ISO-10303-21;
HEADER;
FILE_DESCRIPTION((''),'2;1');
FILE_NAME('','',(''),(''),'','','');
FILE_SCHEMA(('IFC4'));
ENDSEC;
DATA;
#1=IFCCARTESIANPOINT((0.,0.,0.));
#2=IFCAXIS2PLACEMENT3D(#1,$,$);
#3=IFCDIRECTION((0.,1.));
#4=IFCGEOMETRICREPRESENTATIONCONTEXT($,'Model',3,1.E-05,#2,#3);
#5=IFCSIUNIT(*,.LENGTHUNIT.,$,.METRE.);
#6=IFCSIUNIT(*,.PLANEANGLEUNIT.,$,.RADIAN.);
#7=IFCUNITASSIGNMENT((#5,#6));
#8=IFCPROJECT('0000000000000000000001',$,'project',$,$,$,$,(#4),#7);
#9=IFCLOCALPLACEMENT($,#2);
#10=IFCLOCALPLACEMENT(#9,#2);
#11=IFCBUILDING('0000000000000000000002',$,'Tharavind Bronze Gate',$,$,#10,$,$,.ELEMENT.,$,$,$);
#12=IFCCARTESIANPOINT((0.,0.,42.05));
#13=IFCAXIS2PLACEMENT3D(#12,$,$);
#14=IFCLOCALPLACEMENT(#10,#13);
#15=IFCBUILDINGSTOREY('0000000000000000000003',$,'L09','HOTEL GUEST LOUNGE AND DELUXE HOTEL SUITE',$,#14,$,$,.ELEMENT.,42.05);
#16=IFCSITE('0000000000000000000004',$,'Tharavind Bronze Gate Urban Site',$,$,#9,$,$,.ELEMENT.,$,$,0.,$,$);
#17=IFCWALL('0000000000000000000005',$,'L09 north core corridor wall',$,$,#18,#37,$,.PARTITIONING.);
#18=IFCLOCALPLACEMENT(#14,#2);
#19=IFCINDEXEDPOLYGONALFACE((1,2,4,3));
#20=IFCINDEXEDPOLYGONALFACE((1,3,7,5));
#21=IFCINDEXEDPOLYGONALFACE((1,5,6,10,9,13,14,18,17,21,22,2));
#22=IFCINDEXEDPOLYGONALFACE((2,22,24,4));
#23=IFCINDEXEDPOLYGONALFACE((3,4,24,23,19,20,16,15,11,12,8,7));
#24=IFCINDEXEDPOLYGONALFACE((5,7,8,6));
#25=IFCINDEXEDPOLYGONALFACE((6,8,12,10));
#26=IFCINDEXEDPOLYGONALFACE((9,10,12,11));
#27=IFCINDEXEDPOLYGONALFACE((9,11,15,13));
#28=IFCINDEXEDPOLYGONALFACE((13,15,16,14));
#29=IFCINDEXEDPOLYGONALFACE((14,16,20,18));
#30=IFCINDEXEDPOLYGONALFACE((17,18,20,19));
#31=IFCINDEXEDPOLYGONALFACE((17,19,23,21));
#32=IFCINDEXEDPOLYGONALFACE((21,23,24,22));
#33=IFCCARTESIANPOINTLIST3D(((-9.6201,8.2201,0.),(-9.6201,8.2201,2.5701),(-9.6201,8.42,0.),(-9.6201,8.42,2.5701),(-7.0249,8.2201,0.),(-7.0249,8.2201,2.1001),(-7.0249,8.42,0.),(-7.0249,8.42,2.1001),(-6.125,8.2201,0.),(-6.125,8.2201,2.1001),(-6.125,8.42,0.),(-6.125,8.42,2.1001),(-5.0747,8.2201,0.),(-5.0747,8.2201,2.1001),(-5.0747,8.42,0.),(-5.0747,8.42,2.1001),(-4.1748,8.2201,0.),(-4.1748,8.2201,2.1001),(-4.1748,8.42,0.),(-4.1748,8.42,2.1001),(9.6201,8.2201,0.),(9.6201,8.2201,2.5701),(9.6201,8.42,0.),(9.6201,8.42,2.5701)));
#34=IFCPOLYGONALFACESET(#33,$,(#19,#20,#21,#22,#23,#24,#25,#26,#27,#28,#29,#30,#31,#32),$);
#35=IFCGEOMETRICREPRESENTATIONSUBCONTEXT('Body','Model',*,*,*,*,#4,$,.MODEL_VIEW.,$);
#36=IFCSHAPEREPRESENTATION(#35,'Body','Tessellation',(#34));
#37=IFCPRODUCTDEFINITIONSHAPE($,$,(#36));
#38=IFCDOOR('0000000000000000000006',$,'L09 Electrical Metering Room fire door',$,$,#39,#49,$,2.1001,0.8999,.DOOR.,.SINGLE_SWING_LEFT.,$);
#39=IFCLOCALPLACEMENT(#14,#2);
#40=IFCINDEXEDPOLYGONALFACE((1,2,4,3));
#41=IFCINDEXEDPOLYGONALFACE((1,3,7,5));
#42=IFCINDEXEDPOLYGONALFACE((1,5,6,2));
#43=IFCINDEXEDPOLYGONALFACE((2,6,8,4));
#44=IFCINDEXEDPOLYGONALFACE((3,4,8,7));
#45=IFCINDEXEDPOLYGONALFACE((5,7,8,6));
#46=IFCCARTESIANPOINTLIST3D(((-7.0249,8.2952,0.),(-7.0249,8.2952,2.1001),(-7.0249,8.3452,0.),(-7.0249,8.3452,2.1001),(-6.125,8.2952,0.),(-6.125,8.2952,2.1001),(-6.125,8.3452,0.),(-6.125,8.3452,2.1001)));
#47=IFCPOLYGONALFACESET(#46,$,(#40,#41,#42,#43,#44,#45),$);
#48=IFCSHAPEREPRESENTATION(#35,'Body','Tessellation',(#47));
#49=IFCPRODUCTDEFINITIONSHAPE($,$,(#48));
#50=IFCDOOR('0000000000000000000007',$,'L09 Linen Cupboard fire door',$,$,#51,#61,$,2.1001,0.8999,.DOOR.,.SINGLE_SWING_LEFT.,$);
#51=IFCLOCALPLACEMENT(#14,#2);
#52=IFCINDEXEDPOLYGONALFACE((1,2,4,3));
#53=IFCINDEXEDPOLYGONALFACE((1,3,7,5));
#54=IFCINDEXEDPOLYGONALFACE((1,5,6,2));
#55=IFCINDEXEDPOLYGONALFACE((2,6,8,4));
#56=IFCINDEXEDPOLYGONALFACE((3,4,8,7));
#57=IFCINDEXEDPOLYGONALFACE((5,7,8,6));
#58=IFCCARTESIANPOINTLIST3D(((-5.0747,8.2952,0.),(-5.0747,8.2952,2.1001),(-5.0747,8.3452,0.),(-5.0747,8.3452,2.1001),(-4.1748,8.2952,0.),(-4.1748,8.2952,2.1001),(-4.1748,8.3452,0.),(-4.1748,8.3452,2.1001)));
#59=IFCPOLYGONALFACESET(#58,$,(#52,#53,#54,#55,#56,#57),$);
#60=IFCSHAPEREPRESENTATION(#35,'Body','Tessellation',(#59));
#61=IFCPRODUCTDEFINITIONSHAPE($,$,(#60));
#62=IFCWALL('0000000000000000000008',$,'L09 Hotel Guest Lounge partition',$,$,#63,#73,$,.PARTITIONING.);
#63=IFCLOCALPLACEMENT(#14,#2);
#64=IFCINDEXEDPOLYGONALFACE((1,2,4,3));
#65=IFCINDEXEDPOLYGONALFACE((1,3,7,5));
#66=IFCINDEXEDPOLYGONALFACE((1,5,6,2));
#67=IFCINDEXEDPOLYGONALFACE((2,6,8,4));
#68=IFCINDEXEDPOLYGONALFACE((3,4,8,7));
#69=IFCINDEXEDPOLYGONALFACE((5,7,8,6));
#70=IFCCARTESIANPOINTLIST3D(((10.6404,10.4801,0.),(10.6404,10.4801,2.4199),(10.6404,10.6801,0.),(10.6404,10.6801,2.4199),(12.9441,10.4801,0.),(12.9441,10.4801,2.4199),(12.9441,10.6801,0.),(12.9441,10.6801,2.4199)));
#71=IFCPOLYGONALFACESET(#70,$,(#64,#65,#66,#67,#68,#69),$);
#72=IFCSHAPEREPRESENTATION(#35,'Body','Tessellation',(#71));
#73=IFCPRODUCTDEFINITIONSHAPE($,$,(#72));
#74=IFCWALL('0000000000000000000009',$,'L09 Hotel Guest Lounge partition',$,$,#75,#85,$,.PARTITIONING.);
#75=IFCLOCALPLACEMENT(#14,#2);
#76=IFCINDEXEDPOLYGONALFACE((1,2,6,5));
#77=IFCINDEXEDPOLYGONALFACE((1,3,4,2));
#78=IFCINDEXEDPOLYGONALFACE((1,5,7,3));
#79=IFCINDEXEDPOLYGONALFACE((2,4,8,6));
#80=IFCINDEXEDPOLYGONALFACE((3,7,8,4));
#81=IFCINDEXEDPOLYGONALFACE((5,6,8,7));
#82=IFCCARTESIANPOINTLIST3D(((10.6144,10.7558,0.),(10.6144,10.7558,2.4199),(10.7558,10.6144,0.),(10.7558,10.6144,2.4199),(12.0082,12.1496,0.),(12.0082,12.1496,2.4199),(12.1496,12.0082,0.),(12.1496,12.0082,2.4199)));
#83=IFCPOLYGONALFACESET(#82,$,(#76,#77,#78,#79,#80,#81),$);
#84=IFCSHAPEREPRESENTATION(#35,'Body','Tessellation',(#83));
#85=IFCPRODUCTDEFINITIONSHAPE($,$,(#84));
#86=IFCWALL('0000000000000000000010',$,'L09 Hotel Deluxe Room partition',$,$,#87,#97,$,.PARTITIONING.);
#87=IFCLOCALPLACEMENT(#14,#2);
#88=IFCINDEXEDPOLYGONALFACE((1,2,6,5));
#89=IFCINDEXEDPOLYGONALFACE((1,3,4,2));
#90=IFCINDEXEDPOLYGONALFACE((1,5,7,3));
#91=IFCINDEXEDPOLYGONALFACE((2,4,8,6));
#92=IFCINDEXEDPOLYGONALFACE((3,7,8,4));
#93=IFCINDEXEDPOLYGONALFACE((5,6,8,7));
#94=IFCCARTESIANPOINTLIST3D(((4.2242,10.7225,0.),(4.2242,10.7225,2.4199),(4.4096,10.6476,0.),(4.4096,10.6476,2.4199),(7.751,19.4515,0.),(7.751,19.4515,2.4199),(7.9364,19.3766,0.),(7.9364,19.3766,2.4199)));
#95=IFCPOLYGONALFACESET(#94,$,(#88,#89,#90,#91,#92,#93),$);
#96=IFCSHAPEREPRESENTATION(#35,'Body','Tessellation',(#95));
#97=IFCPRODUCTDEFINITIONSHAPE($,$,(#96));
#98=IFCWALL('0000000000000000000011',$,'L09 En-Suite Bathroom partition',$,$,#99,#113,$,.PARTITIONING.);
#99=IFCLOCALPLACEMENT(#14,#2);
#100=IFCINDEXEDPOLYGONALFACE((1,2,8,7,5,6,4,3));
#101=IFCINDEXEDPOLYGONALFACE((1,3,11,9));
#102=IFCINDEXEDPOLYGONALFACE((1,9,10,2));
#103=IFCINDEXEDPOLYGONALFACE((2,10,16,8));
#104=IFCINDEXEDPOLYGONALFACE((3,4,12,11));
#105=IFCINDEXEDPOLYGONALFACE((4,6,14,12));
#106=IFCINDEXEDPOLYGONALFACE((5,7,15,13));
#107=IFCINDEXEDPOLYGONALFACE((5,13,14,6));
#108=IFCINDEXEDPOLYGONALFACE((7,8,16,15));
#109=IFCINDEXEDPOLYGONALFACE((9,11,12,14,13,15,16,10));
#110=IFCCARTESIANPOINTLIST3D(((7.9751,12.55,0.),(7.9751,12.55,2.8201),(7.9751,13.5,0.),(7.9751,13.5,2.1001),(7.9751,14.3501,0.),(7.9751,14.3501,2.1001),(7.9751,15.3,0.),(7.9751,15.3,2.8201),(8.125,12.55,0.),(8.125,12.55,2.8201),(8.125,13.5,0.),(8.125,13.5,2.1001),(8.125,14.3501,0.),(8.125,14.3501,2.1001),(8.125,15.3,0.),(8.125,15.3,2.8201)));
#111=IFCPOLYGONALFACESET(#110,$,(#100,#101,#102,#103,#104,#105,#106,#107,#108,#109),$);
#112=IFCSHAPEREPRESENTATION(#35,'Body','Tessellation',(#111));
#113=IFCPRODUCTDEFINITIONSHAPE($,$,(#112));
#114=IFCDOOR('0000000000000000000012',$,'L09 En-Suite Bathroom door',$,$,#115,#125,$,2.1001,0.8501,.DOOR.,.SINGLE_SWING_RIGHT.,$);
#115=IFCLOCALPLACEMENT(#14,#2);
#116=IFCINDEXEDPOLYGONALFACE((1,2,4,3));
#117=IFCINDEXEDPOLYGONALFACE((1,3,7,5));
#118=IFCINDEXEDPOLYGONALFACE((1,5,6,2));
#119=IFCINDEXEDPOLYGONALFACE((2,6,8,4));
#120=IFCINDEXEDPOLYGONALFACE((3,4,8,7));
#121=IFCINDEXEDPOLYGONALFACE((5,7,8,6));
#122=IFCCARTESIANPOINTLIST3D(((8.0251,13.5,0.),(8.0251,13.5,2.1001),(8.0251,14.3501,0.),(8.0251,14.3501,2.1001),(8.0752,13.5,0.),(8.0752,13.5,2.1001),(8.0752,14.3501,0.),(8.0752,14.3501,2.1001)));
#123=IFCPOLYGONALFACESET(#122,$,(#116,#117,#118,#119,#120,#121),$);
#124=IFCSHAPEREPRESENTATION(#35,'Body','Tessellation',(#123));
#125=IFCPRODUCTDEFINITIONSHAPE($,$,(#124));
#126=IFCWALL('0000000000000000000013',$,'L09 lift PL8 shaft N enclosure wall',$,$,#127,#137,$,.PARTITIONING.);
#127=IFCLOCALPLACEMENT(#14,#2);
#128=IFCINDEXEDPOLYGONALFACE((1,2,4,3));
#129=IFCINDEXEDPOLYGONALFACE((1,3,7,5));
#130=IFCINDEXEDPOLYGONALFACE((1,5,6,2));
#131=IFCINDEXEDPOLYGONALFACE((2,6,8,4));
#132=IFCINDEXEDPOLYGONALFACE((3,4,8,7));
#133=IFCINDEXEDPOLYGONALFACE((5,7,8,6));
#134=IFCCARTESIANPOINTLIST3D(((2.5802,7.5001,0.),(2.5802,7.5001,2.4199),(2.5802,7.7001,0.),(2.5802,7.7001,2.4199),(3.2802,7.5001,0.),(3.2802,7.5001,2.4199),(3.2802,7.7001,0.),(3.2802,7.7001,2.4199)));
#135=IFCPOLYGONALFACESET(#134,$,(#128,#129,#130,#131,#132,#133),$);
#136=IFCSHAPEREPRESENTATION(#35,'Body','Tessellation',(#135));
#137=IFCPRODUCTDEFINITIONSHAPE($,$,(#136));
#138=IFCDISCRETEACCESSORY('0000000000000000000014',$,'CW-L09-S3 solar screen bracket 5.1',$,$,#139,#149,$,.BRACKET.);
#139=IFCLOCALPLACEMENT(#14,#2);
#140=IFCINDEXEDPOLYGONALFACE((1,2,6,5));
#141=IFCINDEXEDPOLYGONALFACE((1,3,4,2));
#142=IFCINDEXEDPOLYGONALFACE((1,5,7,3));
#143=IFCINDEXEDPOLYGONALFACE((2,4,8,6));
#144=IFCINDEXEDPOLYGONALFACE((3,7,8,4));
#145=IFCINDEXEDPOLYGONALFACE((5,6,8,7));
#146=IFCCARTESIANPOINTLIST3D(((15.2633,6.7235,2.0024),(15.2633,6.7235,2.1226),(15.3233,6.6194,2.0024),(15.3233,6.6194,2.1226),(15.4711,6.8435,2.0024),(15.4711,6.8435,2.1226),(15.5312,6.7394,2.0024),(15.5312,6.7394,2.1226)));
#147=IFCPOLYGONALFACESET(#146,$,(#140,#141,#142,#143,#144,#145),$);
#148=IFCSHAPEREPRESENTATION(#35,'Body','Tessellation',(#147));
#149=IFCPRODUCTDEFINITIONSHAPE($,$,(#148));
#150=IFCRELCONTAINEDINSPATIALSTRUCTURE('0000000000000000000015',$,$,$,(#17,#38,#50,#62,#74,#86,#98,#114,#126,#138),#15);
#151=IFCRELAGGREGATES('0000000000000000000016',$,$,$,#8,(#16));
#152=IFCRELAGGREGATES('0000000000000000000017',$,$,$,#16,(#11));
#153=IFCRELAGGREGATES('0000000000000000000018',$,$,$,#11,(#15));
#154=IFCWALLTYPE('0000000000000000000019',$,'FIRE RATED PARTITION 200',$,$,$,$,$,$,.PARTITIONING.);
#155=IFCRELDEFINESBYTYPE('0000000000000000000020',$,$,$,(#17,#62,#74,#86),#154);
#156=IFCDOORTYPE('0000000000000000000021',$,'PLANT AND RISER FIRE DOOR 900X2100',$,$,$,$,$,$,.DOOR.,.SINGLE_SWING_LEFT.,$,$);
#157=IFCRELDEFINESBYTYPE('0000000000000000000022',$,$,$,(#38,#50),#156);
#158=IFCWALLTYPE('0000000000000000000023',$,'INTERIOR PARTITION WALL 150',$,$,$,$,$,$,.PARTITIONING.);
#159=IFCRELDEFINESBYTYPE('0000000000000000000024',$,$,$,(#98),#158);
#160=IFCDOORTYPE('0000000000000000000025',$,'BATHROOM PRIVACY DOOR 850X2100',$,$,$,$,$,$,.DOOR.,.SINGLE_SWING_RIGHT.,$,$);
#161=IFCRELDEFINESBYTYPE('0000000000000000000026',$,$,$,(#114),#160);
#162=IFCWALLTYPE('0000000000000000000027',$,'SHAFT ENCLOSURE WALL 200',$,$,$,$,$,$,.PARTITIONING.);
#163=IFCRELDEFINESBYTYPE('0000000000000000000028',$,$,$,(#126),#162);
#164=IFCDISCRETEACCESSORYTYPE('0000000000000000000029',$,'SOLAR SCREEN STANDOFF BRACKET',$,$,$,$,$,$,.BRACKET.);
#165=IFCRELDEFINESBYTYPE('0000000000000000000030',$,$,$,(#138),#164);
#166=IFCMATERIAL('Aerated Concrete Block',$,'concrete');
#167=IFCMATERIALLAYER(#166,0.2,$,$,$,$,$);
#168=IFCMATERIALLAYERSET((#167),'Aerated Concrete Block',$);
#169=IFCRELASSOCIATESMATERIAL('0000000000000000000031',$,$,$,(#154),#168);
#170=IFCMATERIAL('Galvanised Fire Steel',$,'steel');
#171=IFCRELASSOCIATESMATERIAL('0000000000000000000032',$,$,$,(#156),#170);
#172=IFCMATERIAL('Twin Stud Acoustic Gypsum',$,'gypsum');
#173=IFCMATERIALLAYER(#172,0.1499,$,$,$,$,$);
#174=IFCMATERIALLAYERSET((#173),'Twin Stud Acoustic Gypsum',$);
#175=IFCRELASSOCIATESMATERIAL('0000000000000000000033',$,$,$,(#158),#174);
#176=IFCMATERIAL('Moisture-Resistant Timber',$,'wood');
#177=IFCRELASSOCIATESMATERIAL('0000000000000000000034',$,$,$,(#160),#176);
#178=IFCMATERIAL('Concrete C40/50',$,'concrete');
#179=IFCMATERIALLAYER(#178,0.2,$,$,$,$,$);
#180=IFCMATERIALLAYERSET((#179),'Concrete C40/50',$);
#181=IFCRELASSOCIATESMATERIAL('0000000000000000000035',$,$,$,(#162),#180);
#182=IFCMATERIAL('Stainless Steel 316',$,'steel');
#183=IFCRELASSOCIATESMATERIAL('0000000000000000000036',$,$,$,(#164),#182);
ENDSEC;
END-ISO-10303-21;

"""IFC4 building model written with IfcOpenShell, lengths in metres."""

from ifc_helpers import new_model, si_unit, direction, frame, frame_2d, origin, origin_2d, place, context, subcontext, project, spatial, rectangle, extrude, material, layer, layer_set, type_object, element, fill, save


model = new_model("IFC4")

# Units and contexts
model_context = context("Model", 3, precision=1e-05, world=origin(), true_north=direction((0.0, 1.0)))
body_context = subcontext(model_context, "Body", "Model", "MODEL_VIEW")
ifc_project = project(units=[si_unit("LENGTHUNIT", "METRE"), si_unit("PLANEANGLEUNIT", "RADIAN")], contexts=[model_context])

# Site, building, storey
site_placement = place(None, origin())
site = spatial("IfcSite", under=ifc_project, at=site_placement, Name="Tharavind Bronze Gate Urban Site", CompositionType="ELEMENT", RefElevation=0.0)
building_placement = place(site_placement, origin())
building = spatial("IfcBuilding", under=site, at=building_placement, Name="Tharavind Bronze Gate", CompositionType="ELEMENT")
storey_placement = place(building_placement, frame((0.0, 0.0, 42.05)))
storey = spatial("IfcBuildingStorey", under=building, at=storey_placement, Name="L09", Description="HOTEL GUEST LOUNGE AND DELUXE HOTEL SUITE", CompositionType="ELEMENT", Elevation=42.05)

# Wall, openings, doors
ifc_material_1 = material(Name="Aerated Concrete Block", Category="concrete")
ifc_layer_1 = layer(ifc_material_1, 0.2)
ifc_layer_set_1 = layer_set([ifc_layer_1], Name="Aerated Concrete Block")
wall_type_1 = type_object("IfcWallType", Name="FIRE RATED PARTITION 200", PredefinedType="PARTITIONING", material=ifc_layer_set_1)
wall_1_placement = place(storey_placement, frame((9.6201, 8.3201, 0.0), z_axis=(0.0, 0.0, 1.0), x_axis=(-1.0, 0.0, 0.0)))
wall_1 = element("IfcWall", 1, at=wall_1_placement, inside=storey, type_object=wall_type_1, Name="L09 north core corridor wall", PredefinedType="PARTITIONING", context=body_context, shape_type="SweptSolid", body=[
    extrude(rectangle(XDim=19.2402, YDim=0.2, at=frame_2d((9.6201, 0.0))), origin(), (0.0, 0.0, 1.0), 2.5701),
])
opening_1_placement = place(wall_1_placement, frame((15.7451, 0.0, 0.0)))
opening_1 = element("IfcOpeningElement", 2, at=opening_1_placement, cuts=wall_1, PredefinedType="OPENING", context=body_context, shape_type="SweptSolid", body=[
    extrude(rectangle(XDim=0.8999, YDim=2.1001, at=frame_2d((0.45, 1.05))), frame((0.0, 0.1101, 0.0), z_axis=(0.0, -1.0, 0.0), x_axis=(1.0, 0.0, 0.0)), (0.0, 0.0, 1.0), 0.22),
])
opening_2_placement = place(wall_1_placement, frame((13.7949, 0.0, 0.0)))
opening_2 = element("IfcOpeningElement", 3, at=opening_2_placement, cuts=wall_1, PredefinedType="OPENING", context=body_context, shape_type="SweptSolid", body=[
    extrude(rectangle(XDim=0.8999, YDim=2.1001, at=frame_2d((0.45, 1.05))), frame((0.0, 0.1101, 0.0), z_axis=(0.0, -1.0, 0.0), x_axis=(1.0, 0.0, 0.0)), (0.0, 0.0, 1.0), 0.22),
])
ifc_material_2 = material(Name="Galvanised Fire Steel", Category="steel")
door_type_1 = type_object("IfcDoorType", Name="PLANT AND RISER FIRE DOOR 900X2100", OperationType="SINGLE_SWING_LEFT", PredefinedType="DOOR", material=ifc_material_2)
door_1_placement = place(opening_1_placement, origin())
door_1 = element("IfcDoor", 4, at=door_1_placement, inside=storey, type_object=door_type_1, Name="L09 Electrical Metering Room fire door", OperationType="SINGLE_SWING_LEFT", OverallHeight=2.1001, OverallWidth=0.8999, PredefinedType="DOOR", context=body_context, shape_type="SweptSolid", body=[
    extrude(rectangle(XDim=0.8999, YDim=2.1001, at=frame_2d((0.45, 1.05))), frame((0.0, 0.0249, 0.0), z_axis=(0.0, -1.0, 0.0), x_axis=(1.0, 0.0, 0.0)), (0.0, 0.0, 1.0), 0.05),
])
fill(opening_1, door_1)
door_2_placement = place(opening_2_placement, origin())
door_2 = element("IfcDoor", 5, at=door_2_placement, inside=storey, type_object=door_type_1, Name="L09 Linen Cupboard fire door", OperationType="SINGLE_SWING_LEFT", OverallHeight=2.1001, OverallWidth=0.8999, PredefinedType="DOOR", context=body_context, shape_type="SweptSolid", body=[
    extrude(rectangle(XDim=0.8999, YDim=2.1001, at=frame_2d((0.45, 1.05))), frame((0.0, 0.0249, 0.0), z_axis=(0.0, -1.0, 0.0), x_axis=(1.0, 0.0, 0.0)), (0.0, 0.0, 1.0), 0.05),
])
fill(opening_2, door_2)

# Walls
wall_2_placement = place(storey_placement, frame((12.9441, 10.5801, 0.0), z_axis=(0.0, 0.0, 1.0), x_axis=(-1.0, 0.0, 0.0)))
element("IfcWall", 6, at=wall_2_placement, inside=storey, type_object=wall_type_1, Name="L09 Hotel Guest Lounge partition", PredefinedType="PARTITIONING", context=body_context, shape_type="SweptSolid", body=[
    extrude(rectangle(XDim=2.3037, YDim=0.2, at=frame_2d((1.1519, 0.0))), origin(), (0.0, 0.0, 1.0), 2.4199),
])
wall_3_placement = place(storey_placement, frame((10.6851, 10.6851, 0.0), z_axis=(0.0, 0.0, 1.0), x_axis=(0.707107, 0.707107, 0.0)))
element("IfcWall", 7, at=wall_3_placement, inside=storey, type_object=wall_type_1, Name="L09 Hotel Guest Lounge partition", PredefinedType="PARTITIONING", context=body_context, shape_type="SweptSolid", body=[
    extrude(rectangle(XDim=1.9712, YDim=0.2, at=frame_2d((0.9856, 0.0))), origin(), (0.0, 0.0, 1.0), 2.4199),
])

# Wall
wall_4_placement = place(storey_placement, frame((4.3169, 10.6851, 0.0), z_axis=(0.0, 0.0, 1.0), x_axis=(0.374617, 0.92718, 0.0)))
element("IfcWall", 8, at=wall_4_placement, inside=storey, type_object=wall_type_1, Name="L09 Hotel Deluxe Room partition", PredefinedType="PARTITIONING", context=body_context, shape_type="SweptSolid", body=[
    extrude(rectangle(XDim=9.4146, YDim=0.2, at=frame_2d((4.7073, 0.0))), origin(), (0.0, 0.0, 1.0), 2.4199),
])

# Wall, opening, door
ifc_material_3 = material(Name="Twin Stud Acoustic Gypsum", Category="gypsum")
ifc_layer_2 = layer(ifc_material_3, 0.1499)
ifc_layer_set_2 = layer_set([ifc_layer_2], Name="Twin Stud Acoustic Gypsum")
wall_type_2 = type_object("IfcWallType", Name="INTERIOR PARTITION WALL 150", PredefinedType="PARTITIONING", material=ifc_layer_set_2)
wall_5_placement = place(storey_placement, frame((8.05, 12.55, 0.0), z_axis=(0.0, 0.0, 1.0), x_axis=(0.0, 1.0, 0.0)))
wall_5 = element("IfcWall", 9, at=wall_5_placement, inside=storey, type_object=wall_type_2, Name="L09 En-Suite Bathroom partition", PredefinedType="PARTITIONING", context=body_context, shape_type="SweptSolid", body=[
    extrude(rectangle(XDim=2.75, YDim=0.1499, at=frame_2d((1.375, 0.0))), origin(), (0.0, 0.0, 1.0), 2.8201),
])
opening_3_placement = place(wall_5_placement, frame((0.95, 0.0, 0.0)))
opening_3 = element("IfcOpeningElement", 10, at=opening_3_placement, cuts=wall_5, PredefinedType="OPENING", context=body_context, shape_type="SweptSolid", body=[
    extrude(rectangle(XDim=0.8501, YDim=2.1001, at=frame_2d((0.425, 1.05))), frame((0.0, 0.085, 0.0), z_axis=(0.0, -1.0, 0.0), x_axis=(1.0, 0.0, 0.0)), (0.0, 0.0, 1.0), 0.1699),
])
ifc_material_4 = material(Name="Moisture-Resistant Timber", Category="wood")
door_type_2 = type_object("IfcDoorType", Name="BATHROOM PRIVACY DOOR 850X2100", OperationType="SINGLE_SWING_RIGHT", PredefinedType="DOOR", material=ifc_material_4)
door_3_placement = place(opening_3_placement, origin())
door_3 = element("IfcDoor", 11, at=door_3_placement, inside=storey, type_object=door_type_2, Name="L09 En-Suite Bathroom door", OperationType="SINGLE_SWING_RIGHT", OverallHeight=2.1001, OverallWidth=0.8501, PredefinedType="DOOR", context=body_context, shape_type="SweptSolid", body=[
    extrude(rectangle(XDim=0.8501, YDim=2.1001, at=frame_2d((0.425, 1.05))), frame((0.0, 0.0249, 0.0), z_axis=(0.0, -1.0, 0.0), x_axis=(1.0, 0.0, 0.0)), (0.0, 0.0, 1.0), 0.05),
])
fill(opening_3, door_3)

# Wall
ifc_material_5 = material(Name="Concrete C40/50", Category="concrete")
ifc_layer_3 = layer(ifc_material_5, 0.2)
ifc_layer_set_3 = layer_set([ifc_layer_3], Name="Concrete C40/50")
wall_type_3 = type_object("IfcWallType", Name="SHAFT ENCLOSURE WALL 200", PredefinedType="PARTITIONING", material=ifc_layer_set_3)
wall_6_placement = place(storey_placement, frame((2.5801, 7.6001, 0.0), z_axis=(0.0, 0.0, 1.0), x_axis=(1.0, 0.0, 0.0)))
element("IfcWall", 12, at=wall_6_placement, inside=storey, type_object=wall_type_3, Name="L09 lift PL8 shaft N enclosure wall", PredefinedType="PARTITIONING", context=body_context, shape_type="SweptSolid", body=[
    extrude(rectangle(XDim=0.7, YDim=0.2, at=frame_2d((0.3501, 0.0))), origin(), (0.0, 0.0, 1.0), 2.4199),
])

# Discrete accessory
ifc_material_6 = material(Name="Stainless Steel 316", Category="steel")
discrete_accessory_type = type_object("IfcDiscreteAccessoryType", Name="SOLAR SCREEN STANDOFF BRACKET", PredefinedType="BRACKET", material=ifc_material_6)
discrete_accessory_placement = place(storey_placement, frame((15.3972, 6.7314, 2.0024), z_axis=(0.0, 0.0, 1.0), x_axis=(-0.500002, 0.866025, 0.0)))
element("IfcDiscreteAccessory", 13, at=discrete_accessory_placement, inside=storey, type_object=discrete_accessory_type, Name="CW-L09-S3 solar screen bracket 5.1", PredefinedType="BRACKET", context=body_context, shape_type="SweptSolid", body=[
    extrude(rectangle(XDim=0.1201, YDim=0.24, at=origin_2d()), origin(), (0.0, 0.0, 1.0), 0.1201),
])

save(model, "model.ifc")
